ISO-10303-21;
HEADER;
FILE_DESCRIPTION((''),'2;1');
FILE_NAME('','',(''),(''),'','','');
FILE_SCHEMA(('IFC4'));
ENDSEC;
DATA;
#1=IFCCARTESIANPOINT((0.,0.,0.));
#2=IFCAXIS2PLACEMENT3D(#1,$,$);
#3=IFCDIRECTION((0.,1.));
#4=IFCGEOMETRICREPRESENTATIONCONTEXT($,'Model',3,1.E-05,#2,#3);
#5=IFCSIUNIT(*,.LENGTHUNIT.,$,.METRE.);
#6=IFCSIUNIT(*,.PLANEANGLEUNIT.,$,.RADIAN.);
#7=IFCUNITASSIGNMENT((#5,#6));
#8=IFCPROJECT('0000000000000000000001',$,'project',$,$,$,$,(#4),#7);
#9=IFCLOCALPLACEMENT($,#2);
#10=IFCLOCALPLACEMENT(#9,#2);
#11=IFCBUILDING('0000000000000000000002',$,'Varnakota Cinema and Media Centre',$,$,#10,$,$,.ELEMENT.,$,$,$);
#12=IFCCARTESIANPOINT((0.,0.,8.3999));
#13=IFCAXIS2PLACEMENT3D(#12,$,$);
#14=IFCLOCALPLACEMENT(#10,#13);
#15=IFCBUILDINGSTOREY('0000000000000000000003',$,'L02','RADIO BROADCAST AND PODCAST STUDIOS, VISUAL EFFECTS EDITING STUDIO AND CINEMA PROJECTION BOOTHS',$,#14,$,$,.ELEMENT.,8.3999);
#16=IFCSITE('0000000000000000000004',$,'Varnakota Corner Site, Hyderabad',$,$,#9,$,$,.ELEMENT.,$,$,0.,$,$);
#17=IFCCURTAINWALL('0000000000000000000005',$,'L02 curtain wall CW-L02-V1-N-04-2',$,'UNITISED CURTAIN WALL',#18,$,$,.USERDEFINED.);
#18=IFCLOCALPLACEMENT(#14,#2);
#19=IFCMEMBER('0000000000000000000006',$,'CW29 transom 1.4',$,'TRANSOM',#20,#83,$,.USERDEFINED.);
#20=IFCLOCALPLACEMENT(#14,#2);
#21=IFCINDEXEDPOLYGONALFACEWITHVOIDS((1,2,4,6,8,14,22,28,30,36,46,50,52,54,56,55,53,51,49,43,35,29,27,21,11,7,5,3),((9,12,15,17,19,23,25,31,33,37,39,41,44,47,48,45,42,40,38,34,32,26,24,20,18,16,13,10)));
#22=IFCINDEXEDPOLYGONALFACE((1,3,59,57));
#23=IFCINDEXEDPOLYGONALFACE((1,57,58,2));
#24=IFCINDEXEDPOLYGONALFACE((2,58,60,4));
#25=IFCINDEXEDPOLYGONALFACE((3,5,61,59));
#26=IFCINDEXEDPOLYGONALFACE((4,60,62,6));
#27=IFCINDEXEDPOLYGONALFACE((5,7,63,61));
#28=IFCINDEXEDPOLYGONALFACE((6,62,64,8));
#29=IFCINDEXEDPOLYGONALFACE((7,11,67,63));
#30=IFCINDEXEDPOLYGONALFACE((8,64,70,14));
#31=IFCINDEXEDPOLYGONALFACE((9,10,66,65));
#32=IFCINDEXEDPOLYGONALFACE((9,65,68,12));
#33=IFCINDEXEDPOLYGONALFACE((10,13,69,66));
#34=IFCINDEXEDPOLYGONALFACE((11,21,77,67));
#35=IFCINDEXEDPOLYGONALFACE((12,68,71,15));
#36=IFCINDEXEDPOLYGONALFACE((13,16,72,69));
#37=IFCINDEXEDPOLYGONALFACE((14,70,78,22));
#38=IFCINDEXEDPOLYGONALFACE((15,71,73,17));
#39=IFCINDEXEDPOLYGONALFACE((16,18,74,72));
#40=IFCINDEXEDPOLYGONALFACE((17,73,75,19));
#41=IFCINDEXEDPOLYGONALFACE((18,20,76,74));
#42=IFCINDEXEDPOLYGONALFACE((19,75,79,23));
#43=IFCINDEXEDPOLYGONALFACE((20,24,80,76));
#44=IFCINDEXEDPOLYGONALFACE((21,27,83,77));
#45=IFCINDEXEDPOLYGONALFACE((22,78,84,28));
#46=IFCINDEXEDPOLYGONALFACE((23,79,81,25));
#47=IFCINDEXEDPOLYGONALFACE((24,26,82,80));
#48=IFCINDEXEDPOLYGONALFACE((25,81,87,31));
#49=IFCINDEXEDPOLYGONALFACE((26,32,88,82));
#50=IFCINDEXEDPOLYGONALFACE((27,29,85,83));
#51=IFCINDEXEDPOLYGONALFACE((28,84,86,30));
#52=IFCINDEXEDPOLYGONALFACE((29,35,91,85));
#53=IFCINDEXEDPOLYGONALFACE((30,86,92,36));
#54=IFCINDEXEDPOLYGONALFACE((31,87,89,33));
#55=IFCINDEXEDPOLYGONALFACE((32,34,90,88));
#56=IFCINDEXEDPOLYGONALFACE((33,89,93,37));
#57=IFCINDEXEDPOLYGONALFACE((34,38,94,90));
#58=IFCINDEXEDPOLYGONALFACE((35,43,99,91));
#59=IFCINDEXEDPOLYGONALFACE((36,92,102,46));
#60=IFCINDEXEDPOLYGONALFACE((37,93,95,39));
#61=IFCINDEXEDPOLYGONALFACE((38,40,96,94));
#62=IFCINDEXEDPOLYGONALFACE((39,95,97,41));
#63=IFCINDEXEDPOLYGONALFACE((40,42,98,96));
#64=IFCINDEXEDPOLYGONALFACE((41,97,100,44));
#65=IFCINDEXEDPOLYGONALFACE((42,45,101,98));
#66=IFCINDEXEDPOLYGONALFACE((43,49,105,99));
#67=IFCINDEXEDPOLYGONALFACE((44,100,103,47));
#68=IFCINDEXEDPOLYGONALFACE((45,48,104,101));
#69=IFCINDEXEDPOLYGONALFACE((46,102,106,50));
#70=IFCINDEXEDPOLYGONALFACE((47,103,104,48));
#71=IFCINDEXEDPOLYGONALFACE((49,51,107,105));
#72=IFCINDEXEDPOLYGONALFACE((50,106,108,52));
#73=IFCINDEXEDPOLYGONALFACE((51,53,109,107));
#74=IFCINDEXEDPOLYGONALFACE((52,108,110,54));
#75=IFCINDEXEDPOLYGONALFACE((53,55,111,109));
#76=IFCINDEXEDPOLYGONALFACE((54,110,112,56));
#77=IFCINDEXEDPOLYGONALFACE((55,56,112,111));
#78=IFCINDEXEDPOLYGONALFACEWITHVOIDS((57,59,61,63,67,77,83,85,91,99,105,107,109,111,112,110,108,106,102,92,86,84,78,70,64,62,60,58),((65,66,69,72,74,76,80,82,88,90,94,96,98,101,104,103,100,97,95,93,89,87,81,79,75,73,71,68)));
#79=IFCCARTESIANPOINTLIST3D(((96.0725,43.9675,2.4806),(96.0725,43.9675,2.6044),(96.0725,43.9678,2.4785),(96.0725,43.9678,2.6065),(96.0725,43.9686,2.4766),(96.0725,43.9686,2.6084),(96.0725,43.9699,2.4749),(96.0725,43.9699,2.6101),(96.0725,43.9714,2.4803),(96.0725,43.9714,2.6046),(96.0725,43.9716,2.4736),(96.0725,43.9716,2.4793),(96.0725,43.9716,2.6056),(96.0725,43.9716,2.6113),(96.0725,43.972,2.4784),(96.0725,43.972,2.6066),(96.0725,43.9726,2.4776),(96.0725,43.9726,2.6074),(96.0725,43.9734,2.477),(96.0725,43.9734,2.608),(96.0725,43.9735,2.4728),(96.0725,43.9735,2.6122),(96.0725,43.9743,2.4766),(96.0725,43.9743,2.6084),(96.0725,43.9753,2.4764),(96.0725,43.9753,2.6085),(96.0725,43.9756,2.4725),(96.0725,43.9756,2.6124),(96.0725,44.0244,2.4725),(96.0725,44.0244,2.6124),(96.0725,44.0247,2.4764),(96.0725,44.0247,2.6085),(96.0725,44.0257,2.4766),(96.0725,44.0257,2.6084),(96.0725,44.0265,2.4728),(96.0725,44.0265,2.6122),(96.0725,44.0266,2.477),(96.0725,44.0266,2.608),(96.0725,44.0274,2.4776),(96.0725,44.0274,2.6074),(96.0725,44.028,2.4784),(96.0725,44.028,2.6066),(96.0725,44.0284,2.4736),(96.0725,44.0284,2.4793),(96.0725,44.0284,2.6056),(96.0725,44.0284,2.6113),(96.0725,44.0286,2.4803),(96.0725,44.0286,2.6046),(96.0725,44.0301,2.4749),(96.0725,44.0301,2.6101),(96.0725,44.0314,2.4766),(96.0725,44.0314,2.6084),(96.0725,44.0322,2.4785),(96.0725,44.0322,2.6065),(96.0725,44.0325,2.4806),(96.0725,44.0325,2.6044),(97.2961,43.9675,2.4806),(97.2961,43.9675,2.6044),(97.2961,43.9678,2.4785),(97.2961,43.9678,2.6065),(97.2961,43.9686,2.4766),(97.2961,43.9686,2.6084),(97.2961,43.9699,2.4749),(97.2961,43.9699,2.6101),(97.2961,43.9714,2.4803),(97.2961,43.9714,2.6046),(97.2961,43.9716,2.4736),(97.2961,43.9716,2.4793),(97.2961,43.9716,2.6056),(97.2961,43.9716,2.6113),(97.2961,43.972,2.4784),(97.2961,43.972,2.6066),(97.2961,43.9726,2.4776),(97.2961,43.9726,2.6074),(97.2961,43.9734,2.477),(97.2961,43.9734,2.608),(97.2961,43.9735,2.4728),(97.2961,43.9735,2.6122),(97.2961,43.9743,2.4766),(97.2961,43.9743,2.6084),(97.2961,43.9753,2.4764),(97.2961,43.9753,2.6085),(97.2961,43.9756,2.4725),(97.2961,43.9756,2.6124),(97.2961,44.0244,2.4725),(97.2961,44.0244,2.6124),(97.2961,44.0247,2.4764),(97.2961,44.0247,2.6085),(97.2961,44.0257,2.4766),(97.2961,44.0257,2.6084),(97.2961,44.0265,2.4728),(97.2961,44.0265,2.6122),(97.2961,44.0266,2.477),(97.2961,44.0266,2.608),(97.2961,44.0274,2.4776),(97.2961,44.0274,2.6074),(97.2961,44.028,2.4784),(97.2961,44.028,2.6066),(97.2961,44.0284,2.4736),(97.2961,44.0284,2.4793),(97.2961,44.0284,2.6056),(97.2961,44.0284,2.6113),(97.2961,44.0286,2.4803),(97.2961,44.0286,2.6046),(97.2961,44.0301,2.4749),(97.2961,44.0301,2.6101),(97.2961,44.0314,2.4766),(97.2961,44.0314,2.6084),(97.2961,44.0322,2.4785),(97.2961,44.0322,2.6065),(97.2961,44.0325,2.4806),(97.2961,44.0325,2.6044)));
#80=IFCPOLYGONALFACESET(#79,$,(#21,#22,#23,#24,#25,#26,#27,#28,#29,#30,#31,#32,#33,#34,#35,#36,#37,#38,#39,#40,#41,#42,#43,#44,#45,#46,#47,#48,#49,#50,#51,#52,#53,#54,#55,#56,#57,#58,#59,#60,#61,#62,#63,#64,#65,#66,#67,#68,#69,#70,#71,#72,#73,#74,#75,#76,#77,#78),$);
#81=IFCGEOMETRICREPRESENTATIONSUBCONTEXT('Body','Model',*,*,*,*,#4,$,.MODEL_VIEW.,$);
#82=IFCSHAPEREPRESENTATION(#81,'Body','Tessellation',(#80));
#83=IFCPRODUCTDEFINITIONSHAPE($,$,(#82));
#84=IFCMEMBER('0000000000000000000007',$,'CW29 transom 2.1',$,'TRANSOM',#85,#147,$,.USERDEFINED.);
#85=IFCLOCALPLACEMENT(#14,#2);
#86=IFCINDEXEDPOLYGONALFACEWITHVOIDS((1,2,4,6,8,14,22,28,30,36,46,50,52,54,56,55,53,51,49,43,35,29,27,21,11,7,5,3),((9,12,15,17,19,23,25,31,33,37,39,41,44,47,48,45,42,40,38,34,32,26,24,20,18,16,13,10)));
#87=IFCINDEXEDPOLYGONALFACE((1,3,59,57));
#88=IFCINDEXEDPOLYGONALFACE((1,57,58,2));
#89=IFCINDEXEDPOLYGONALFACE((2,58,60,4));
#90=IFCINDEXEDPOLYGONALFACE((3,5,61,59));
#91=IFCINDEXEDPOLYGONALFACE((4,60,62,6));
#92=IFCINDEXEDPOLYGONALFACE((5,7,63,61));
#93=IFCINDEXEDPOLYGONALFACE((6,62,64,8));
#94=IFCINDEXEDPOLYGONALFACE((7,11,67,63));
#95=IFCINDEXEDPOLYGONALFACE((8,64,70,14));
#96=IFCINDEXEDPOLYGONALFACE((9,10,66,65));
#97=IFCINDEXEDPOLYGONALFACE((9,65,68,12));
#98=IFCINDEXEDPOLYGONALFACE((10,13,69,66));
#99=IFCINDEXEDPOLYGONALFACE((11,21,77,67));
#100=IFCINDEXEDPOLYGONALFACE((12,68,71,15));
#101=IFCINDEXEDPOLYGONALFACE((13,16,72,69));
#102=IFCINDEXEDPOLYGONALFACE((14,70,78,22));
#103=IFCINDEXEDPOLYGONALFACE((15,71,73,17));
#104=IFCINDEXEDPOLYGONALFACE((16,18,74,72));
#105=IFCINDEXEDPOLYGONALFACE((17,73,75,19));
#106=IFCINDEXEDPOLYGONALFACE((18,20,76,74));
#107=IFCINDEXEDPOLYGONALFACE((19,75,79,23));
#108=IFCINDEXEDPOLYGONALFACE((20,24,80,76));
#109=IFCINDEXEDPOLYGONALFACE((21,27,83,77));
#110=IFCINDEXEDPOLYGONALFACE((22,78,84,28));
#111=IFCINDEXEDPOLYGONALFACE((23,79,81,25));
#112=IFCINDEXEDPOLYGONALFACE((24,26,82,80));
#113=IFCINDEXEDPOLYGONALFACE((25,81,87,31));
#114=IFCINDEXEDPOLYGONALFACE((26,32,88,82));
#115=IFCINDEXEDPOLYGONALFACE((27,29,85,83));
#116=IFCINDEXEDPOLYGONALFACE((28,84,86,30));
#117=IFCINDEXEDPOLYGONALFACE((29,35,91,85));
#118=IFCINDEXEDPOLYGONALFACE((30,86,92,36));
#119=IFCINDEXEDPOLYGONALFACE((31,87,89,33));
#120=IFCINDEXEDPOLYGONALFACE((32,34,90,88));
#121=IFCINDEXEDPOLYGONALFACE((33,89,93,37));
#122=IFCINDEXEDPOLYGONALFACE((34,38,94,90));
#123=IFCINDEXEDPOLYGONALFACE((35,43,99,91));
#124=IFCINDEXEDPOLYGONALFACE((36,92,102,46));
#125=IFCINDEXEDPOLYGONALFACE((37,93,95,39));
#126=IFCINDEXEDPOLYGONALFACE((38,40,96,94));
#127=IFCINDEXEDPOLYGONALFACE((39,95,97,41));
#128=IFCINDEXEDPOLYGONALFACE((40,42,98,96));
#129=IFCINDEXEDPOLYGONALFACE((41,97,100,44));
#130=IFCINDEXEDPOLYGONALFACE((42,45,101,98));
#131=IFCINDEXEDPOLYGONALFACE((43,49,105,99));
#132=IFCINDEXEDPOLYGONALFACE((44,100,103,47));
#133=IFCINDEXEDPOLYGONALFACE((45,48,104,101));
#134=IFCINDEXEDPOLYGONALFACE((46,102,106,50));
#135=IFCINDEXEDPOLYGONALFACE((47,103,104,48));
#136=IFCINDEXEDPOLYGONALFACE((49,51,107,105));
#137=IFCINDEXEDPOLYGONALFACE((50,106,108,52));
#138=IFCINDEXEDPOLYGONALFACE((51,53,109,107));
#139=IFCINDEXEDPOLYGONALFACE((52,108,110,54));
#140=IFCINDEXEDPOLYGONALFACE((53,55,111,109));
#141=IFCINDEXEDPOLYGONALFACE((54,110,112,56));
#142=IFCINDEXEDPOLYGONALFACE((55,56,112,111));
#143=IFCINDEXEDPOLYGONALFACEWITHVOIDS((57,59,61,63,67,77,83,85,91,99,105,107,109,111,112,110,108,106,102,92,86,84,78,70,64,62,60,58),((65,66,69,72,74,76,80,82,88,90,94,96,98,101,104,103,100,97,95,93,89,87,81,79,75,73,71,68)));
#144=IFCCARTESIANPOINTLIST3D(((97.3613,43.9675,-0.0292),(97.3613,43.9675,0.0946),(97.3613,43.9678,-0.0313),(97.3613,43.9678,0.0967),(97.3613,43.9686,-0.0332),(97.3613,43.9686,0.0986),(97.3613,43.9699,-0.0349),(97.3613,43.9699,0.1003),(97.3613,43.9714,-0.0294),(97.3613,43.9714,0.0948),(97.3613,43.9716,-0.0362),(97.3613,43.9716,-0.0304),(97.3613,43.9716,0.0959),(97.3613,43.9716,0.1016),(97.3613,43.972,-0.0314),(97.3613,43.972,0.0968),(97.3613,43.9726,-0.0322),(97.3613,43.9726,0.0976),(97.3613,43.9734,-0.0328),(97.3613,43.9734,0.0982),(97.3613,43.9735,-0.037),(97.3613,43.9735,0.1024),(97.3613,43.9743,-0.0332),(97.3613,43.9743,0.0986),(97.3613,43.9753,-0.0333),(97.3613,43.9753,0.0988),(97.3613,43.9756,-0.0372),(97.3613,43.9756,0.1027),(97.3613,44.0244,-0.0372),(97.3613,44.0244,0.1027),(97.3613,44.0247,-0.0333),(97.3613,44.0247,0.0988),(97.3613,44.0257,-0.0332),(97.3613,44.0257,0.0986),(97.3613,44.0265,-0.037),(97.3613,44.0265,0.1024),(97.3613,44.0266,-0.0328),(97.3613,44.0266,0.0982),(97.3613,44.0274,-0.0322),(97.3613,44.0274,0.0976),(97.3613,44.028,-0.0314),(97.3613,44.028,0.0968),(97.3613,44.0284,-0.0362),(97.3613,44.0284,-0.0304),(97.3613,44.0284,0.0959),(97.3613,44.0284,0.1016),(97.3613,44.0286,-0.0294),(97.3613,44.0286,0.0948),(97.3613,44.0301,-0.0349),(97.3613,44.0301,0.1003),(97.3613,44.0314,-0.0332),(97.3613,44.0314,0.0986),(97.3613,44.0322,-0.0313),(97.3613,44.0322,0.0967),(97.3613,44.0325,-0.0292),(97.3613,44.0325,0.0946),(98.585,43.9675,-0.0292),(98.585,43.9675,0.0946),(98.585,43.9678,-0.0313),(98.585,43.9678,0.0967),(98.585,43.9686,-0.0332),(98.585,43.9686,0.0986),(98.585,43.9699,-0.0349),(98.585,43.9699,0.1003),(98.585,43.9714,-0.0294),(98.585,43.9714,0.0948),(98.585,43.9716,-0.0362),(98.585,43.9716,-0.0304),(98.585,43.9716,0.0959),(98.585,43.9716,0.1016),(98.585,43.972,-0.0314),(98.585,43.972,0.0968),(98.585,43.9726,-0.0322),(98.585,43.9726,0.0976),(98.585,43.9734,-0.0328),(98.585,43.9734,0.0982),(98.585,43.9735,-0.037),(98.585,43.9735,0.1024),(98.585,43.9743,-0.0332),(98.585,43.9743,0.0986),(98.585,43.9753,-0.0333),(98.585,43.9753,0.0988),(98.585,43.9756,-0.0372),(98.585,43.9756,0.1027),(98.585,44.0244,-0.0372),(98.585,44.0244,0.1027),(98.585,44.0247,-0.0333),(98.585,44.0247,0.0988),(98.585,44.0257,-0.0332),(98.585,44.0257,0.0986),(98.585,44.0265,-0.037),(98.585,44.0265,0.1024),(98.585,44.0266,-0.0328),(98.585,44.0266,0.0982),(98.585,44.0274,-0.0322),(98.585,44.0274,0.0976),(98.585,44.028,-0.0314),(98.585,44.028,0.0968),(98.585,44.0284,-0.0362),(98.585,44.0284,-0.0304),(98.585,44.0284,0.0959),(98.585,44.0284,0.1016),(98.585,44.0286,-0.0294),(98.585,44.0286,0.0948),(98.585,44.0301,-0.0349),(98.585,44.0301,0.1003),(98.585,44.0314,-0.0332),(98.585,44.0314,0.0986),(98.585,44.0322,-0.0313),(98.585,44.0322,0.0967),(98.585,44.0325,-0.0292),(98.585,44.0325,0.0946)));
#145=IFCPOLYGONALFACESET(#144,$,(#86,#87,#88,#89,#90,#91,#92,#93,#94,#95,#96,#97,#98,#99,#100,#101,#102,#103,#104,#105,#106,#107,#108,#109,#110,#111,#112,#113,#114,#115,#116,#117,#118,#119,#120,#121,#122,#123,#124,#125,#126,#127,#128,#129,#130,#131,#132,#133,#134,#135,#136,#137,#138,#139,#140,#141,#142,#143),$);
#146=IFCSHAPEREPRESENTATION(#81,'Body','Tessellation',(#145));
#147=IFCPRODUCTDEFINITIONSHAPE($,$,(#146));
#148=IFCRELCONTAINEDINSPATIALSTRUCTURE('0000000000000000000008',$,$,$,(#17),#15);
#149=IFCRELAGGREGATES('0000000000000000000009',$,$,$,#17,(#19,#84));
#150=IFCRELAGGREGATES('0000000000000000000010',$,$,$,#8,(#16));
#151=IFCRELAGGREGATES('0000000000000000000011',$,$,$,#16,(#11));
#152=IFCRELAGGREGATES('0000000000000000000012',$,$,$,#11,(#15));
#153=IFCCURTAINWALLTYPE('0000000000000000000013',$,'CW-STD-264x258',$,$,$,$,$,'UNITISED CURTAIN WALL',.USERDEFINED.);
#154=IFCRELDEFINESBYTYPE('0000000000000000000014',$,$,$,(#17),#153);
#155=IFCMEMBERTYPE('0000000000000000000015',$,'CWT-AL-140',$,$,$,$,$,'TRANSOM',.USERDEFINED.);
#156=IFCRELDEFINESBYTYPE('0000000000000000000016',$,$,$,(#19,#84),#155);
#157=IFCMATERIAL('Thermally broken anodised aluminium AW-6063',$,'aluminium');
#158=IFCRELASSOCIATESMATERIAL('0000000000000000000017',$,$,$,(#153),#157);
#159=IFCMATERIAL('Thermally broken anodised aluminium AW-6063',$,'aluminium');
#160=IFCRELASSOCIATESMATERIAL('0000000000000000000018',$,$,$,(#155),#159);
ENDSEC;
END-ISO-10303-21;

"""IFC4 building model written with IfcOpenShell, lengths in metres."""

from ifc_helpers import new_model, si_unit, direction, frame, origin, origin_2d, place, context, subcontext, project, spatial, hollow_rectangle, extrude, material, material_profile, profile_set, type_object, element, aggregate, save


model = new_model("IFC4")

# Units and contexts
model_context = context("Model", 3, precision=1e-05, world=origin(), true_north=direction((0.0, 1.0)))
body_context = subcontext(model_context, "Body", "Model", "MODEL_VIEW")
ifc_project = project(units=[si_unit("LENGTHUNIT", "METRE"), si_unit("PLANEANGLEUNIT", "RADIAN")], contexts=[model_context])

# Site, building, storey
site_placement = place(None, origin())
site = spatial("IfcSite", under=ifc_project, at=site_placement, Name="Varnakota Corner Site, Hyderabad", CompositionType="ELEMENT", RefElevation=0.0)
building_placement = place(site_placement, origin())
building = spatial("IfcBuilding", under=site, at=building_placement, Name="Varnakota Cinema and Media Centre", CompositionType="ELEMENT")
storey_placement = place(building_placement, frame((0.0, 0.0, 8.3999)))
storey = spatial("IfcBuildingStorey", under=building, at=storey_placement, Name="L02", Description="RADIO BROADCAST AND PODCAST STUDIOS, VISUAL EFFECTS EDITING STUDIO AND CINEMA PROJECTION BOOTHS", CompositionType="ELEMENT", Elevation=8.3999)

# Shared definitions
ifc_material_1 = material(Name="Thermally broken anodised aluminium AW-6063", Category="aluminium")
curtain_wall_type = type_object("IfcCurtainWallType", Name="CW-STD-264x258", ElementType="UNITISED CURTAIN WALL", PredefinedType="USERDEFINED", material=ifc_material_1)

# Curtain wall
curtain_wall_1_placement = place(storey_placement, origin())
curtain_wall_1 = element("IfcCurtainWall", 1, at=curtain_wall_1_placement, inside=storey, type_object=curtain_wall_type, Name="L02 curtain wall CW-L02-V1-N-04-2", ObjectType="UNITISED CURTAIN WALL", PredefinedType="USERDEFINED")

# Members
ifc_material_2 = material(Name="Thermally broken anodised aluminium AW-6063", Category="aluminium")
ifc_material_profile_1 = material_profile(ifc_material_2, hollow_rectangle(XDim=0.0649, YDim=0.1399, WallThickness=0.0039, InnerFilletRadius=0.0039, OuterFilletRadius=0.0081, at=origin_2d()), Name="AL-TRANSOM 140x65x4")
ifc_profile_set_1 = profile_set([ifc_material_profile_1], Name="Thermally broken anodised aluminium AW-6063")
member_type_1 = type_object("IfcMemberType", Name="CWT-AL-140", ElementType="TRANSOM", PredefinedType="USERDEFINED", material=ifc_profile_set_1)
member_1_placement = place(storey_placement, frame((96.0725, 44.0, 2.5425), z_axis=(1.0, 0.0, 0.0), x_axis=(0.0, 1.0, 0.0)))
member_1 = element("IfcMember", 2, at=member_1_placement, type_object=member_type_1, Name="CW29 transom 1.4", ObjectType="TRANSOM", PredefinedType="USERDEFINED", context=body_context, shape_type="SweptSolid", body=[
    extrude(hollow_rectangle(XDim=0.0649, YDim=0.1399, WallThickness=0.0039, InnerFilletRadius=0.0039, OuterFilletRadius=0.0081, at=origin_2d()), origin(), (0.0, 0.0, 1.0), 1.2236),
])
member_2_placement = place(storey_placement, frame((97.3613, 44.0, 0.0327), z_axis=(1.0, 0.0, 0.0), x_axis=(0.0, 1.0, 0.0)))
member_2 = element("IfcMember", 3, at=member_2_placement, type_object=member_type_1, Name="CW29 transom 2.1", ObjectType="TRANSOM", PredefinedType="USERDEFINED", context=body_context, shape_type="SweptSolid", body=[
    extrude(hollow_rectangle(XDim=0.0649, YDim=0.1399, WallThickness=0.0039, InnerFilletRadius=0.0039, OuterFilletRadius=0.0081, at=origin_2d()), origin(), (0.0, 0.0, 1.0), 1.2236),
])

aggregate(curtain_wall_1, [member_1, member_2])

save(model, "model.ifc")
